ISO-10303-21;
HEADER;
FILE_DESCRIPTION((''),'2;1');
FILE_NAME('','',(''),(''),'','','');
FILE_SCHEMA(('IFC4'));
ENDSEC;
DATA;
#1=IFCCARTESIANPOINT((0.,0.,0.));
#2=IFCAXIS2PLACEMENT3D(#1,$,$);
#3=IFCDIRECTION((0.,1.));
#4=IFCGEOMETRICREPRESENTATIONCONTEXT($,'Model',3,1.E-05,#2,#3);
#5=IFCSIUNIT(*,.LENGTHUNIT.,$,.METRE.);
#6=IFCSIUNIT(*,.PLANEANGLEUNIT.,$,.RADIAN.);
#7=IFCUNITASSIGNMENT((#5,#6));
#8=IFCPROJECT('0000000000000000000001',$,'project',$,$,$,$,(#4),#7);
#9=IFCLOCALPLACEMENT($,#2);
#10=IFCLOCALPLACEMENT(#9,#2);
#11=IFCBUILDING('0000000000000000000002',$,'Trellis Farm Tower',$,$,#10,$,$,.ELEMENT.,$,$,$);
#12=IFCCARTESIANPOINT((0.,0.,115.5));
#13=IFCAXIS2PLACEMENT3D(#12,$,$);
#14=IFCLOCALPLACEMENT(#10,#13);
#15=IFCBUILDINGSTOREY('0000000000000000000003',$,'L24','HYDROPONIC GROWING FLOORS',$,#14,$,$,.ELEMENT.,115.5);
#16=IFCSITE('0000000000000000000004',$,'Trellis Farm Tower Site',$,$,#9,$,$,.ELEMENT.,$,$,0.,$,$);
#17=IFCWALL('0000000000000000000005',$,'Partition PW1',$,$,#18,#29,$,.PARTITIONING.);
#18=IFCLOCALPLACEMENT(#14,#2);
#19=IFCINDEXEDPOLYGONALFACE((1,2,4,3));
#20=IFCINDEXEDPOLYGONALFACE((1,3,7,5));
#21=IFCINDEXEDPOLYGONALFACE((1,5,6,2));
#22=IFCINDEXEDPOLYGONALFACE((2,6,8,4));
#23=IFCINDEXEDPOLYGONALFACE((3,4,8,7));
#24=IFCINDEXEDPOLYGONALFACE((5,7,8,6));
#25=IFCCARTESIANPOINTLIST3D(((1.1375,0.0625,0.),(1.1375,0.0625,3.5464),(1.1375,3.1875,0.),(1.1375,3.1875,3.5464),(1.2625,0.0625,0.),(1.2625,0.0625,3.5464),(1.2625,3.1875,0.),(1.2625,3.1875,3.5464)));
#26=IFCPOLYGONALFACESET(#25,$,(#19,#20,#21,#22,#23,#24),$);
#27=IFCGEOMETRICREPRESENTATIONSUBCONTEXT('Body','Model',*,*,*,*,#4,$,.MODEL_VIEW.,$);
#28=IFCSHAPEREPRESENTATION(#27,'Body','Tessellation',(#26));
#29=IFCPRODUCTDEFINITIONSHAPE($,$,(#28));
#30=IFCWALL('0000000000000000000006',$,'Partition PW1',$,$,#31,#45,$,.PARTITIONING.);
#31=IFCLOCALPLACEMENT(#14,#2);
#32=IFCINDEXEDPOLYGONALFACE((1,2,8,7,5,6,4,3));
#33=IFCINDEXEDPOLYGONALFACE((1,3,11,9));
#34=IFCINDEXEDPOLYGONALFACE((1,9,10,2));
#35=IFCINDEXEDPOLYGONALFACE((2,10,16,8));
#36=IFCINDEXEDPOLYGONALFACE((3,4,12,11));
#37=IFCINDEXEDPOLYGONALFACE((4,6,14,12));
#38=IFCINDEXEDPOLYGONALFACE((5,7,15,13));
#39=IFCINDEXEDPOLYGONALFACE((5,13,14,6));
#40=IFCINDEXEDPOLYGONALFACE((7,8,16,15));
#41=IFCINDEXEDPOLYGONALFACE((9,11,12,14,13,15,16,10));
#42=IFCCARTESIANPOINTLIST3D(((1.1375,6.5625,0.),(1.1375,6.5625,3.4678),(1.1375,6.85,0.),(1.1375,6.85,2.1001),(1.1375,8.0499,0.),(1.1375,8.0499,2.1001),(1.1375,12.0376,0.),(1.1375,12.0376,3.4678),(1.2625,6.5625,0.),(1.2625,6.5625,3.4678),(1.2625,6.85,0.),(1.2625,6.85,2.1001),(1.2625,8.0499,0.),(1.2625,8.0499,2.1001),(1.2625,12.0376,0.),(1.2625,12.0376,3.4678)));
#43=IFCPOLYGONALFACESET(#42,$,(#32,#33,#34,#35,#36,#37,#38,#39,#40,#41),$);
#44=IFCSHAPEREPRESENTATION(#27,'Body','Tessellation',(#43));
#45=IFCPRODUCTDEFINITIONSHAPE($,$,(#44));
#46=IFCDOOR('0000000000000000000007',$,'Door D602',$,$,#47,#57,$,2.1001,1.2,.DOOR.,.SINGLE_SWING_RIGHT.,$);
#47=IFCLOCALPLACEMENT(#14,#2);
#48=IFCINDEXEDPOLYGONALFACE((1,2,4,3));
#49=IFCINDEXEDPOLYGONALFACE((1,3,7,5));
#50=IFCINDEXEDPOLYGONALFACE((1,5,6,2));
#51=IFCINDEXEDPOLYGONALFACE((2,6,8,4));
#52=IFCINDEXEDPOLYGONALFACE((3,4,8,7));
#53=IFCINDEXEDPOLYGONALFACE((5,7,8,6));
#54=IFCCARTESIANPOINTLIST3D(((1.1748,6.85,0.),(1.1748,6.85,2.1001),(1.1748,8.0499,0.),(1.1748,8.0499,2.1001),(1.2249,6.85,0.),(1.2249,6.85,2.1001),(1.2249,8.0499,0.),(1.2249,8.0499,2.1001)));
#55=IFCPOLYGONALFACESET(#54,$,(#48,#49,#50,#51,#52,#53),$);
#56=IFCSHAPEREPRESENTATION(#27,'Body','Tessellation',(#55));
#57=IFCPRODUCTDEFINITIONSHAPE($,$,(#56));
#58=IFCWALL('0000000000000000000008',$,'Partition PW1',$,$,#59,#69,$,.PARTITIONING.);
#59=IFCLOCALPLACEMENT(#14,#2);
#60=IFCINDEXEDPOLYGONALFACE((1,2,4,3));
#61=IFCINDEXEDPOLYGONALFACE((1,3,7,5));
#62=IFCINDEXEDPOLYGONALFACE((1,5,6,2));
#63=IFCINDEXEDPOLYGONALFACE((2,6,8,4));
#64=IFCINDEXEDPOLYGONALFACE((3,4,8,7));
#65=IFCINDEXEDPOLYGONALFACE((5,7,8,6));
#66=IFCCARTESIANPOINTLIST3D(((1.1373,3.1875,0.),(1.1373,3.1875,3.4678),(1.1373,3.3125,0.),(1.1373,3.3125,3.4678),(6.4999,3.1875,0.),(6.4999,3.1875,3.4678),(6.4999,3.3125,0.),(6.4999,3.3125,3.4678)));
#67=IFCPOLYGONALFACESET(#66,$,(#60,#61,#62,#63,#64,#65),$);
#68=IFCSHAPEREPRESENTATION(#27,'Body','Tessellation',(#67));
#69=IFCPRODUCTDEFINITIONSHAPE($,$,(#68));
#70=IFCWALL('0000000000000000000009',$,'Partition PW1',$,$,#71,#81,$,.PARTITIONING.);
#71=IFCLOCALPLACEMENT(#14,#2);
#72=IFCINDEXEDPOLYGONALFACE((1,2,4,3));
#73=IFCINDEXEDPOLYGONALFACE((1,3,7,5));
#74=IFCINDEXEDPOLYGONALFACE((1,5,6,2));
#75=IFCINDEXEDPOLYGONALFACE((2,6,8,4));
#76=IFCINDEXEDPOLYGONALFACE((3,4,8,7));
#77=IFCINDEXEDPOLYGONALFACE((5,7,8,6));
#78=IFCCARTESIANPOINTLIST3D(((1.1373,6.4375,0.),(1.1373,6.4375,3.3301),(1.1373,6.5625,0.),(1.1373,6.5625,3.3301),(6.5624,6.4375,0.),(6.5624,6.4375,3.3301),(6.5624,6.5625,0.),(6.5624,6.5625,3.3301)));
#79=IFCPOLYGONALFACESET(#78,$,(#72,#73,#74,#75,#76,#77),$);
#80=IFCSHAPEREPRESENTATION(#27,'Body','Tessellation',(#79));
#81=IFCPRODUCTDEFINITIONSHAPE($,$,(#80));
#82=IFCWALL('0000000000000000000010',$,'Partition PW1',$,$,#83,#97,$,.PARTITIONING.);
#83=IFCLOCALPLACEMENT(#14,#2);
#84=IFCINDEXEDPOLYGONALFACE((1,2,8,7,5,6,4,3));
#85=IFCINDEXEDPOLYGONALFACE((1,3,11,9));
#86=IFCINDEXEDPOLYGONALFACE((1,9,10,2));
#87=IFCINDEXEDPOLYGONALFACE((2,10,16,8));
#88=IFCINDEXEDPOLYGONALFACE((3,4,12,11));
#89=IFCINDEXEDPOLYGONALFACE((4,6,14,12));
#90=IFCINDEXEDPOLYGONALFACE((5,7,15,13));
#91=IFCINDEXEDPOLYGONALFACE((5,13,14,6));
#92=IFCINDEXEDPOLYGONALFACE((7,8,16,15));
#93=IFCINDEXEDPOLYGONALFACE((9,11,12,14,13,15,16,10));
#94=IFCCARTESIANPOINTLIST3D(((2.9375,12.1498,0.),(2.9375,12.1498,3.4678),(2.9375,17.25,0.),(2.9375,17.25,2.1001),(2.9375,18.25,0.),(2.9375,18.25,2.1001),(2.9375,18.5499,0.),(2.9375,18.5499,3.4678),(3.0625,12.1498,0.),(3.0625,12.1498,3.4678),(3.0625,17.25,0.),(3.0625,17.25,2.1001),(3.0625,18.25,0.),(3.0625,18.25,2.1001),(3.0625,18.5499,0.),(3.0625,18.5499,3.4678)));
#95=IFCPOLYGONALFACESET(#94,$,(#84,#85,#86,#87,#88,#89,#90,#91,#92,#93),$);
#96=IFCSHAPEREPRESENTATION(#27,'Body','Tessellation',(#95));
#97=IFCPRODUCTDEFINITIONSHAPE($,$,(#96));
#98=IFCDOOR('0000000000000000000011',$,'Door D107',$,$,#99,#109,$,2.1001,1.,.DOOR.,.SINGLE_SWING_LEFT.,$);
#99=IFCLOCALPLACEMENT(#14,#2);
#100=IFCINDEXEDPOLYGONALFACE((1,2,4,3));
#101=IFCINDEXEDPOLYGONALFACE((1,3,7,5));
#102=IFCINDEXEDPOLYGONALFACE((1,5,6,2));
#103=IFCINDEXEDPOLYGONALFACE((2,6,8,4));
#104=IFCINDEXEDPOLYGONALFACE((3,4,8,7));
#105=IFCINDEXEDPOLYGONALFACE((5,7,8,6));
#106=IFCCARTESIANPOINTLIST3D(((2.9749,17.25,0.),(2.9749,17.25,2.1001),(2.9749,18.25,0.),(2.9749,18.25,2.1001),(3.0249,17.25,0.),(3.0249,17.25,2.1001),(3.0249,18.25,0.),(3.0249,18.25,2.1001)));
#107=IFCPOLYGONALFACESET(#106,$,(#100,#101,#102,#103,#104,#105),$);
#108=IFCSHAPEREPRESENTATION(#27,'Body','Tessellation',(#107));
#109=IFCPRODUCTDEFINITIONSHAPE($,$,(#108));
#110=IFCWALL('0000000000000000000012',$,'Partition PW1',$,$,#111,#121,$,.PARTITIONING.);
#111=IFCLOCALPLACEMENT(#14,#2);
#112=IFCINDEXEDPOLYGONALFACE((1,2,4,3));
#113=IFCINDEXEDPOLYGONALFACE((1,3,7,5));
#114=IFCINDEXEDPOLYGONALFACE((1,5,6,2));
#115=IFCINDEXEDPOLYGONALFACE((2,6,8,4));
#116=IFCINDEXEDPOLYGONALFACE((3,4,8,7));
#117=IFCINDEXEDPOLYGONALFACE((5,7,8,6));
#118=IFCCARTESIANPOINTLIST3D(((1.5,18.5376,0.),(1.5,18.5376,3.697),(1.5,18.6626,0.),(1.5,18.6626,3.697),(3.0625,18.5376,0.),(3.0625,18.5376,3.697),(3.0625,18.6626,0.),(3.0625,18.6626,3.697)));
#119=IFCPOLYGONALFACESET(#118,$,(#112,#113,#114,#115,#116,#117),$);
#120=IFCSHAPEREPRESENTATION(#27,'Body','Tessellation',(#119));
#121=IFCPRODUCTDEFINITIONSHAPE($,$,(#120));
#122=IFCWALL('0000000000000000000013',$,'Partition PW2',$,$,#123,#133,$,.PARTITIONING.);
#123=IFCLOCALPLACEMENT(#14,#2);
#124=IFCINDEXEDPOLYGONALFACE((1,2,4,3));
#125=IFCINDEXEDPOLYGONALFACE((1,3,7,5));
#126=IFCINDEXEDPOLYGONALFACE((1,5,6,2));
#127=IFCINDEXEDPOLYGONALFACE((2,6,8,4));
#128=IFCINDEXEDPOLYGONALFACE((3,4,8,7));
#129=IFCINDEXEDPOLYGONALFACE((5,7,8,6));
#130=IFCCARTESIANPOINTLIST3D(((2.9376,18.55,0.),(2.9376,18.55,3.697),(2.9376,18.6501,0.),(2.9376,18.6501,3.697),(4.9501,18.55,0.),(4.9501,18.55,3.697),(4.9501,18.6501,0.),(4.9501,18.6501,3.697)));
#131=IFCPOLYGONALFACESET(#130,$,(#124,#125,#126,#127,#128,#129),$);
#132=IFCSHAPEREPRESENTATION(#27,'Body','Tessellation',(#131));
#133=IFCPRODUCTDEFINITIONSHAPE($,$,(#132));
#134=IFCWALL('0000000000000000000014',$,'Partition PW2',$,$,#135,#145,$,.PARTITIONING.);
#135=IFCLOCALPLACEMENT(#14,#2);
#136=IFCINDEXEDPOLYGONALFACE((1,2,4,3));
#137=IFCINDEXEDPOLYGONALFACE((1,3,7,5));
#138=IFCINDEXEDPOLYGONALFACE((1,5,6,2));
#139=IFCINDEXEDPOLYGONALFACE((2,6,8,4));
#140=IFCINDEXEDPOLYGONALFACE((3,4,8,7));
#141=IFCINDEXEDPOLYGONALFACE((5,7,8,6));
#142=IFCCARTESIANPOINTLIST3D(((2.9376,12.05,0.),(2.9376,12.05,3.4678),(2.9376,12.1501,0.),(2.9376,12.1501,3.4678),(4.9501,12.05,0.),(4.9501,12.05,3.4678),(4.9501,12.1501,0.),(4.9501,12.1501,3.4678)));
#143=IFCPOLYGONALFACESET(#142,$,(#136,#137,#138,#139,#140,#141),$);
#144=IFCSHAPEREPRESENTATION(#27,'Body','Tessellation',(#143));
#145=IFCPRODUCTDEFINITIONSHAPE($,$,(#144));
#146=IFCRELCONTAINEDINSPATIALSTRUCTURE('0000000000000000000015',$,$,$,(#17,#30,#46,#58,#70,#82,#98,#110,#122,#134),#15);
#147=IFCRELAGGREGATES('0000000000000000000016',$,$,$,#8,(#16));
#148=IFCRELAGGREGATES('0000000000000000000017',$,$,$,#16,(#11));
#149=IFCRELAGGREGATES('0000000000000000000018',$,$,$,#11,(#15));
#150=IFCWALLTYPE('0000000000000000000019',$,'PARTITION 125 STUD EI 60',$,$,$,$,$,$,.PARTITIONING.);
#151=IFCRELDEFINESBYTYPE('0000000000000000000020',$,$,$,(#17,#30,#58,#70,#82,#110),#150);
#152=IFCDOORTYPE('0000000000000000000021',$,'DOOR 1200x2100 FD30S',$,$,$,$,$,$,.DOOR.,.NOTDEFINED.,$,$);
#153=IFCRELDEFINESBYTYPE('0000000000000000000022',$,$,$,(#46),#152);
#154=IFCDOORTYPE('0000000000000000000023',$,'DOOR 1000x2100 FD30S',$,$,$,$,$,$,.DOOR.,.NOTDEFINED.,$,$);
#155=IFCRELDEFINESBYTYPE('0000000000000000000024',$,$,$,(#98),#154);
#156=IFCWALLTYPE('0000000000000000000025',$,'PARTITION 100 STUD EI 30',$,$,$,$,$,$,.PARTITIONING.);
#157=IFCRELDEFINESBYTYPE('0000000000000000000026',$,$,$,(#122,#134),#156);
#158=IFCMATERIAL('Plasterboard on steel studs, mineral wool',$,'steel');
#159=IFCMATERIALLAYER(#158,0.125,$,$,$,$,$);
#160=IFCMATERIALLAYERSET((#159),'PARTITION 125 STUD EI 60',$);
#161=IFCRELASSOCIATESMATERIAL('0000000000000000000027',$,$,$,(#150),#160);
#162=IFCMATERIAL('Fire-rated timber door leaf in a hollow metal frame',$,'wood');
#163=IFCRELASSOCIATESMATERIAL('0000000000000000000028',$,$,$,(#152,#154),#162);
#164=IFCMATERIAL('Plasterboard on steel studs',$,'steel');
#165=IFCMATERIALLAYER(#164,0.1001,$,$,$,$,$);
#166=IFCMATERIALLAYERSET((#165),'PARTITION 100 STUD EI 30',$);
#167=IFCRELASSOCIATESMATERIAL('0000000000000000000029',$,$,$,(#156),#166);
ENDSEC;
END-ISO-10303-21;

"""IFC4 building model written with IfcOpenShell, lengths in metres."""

from ifc_helpers import new_model, si_unit, direction, frame, frame_2d, origin, place, context, subcontext, project, spatial, rectangle, extrude, source, transform, mapped, material, layer, layer_set, type_object, element, fill, save


model = new_model("IFC4")

# Units and contexts
model_context = context("Model", 3, precision=1e-05, world=origin(), true_north=direction((0.0, 1.0)))
body_context = subcontext(model_context, "Body", "Model", "MODEL_VIEW")
ifc_project = project(units=[si_unit("LENGTHUNIT", "METRE"), si_unit("PLANEANGLEUNIT", "RADIAN")], contexts=[model_context])

# Site, building, storey
site_placement = place(None, origin())
site = spatial("IfcSite", under=ifc_project, at=site_placement, Name="Trellis Farm Tower Site", CompositionType="ELEMENT", RefElevation=0.0)
building_placement = place(site_placement, origin())
building = spatial("IfcBuilding", under=site, at=building_placement, Name="Trellis Farm Tower", CompositionType="ELEMENT")
storey_placement = place(building_placement, frame((0.0, 0.0, 115.5)))
storey = spatial("IfcBuildingStorey", under=building, at=storey_placement, Name="L24", Description="HYDROPONIC GROWING FLOORS", CompositionType="ELEMENT", Elevation=115.5)

# Wall
ifc_material_1 = material(Name="Plasterboard on steel studs, mineral wool", Category="steel")
ifc_layer_1 = layer(ifc_material_1, 0.125)
ifc_layer_set_1 = layer_set([ifc_layer_1], Name="PARTITION 125 STUD EI 60")
wall_type_1 = type_object("IfcWallType", Name="PARTITION 125 STUD EI 60", PredefinedType="PARTITIONING", material=ifc_layer_set_1)
shared_shape_1 = source(origin(), body_context, "Body", "SweptSolid", [
    extrude(rectangle(XDim=3.125, YDim=0.125, at=frame_2d((1.5625, 0.0))), origin(), (0.0, 0.0, 1.0), 3.5464),
])
wall_1_placement = place(storey_placement, frame((1.2, 3.1875, 0.0), z_axis=(0.0, 0.0, 1.0), x_axis=(0.0, -1.0, 0.0)))
element("IfcWall", 1, at=wall_1_placement, inside=storey, type_object=wall_type_1, Name="Partition PW1", PredefinedType="PARTITIONING", context=body_context, shape_type="MappedRepresentation", body=[
    mapped(shared_shape_1, transform((0.0, 0.0, 0.0))),
])

# Wall, opening, door
shared_shape_2 = source(origin(), body_context, "Body", "SweptSolid", [
    extrude(rectangle(XDim=5.4751, YDim=0.125, at=frame_2d((2.7375, 0.0))), origin(), (0.0, 0.0, 1.0), 3.4678),
])
wall_2_placement = place(storey_placement, frame((1.2, 12.0376, 0.0), z_axis=(0.0, 0.0, 1.0), x_axis=(0.0, -1.0, 0.0)))
wall_2 = element("IfcWall", 2, at=wall_2_placement, inside=storey, type_object=wall_type_1, Name="Partition PW1", PredefinedType="PARTITIONING", context=body_context, shape_type="MappedRepresentation", body=[
    mapped(shared_shape_2, transform((0.0, 0.0, 0.0))),
])
shared_shape_3 = source(origin(), body_context, "Body", "SweptSolid", [
    extrude(rectangle(XDim=1.2, YDim=2.1001, at=frame_2d((0.6001, 1.05))), frame((0.0, 0.0725, 0.0), z_axis=(0.0, -1.0, 0.0), x_axis=(1.0, 0.0, 0.0)), (0.0, 0.0, 1.0), 0.145),
])
opening_1_placement = place(wall_2_placement, frame((3.9875, 0.0, 0.0)))
opening_1 = element("IfcOpeningElement", 3, at=opening_1_placement, cuts=wall_2, PredefinedType="OPENING", context=body_context, shape_type="MappedRepresentation", body=[
    mapped(shared_shape_3, transform((0.0, 0.0, 0.0))),
])
ifc_material_2 = material(Name="Fire-rated timber door leaf in a hollow metal frame", Category="wood")
door_type_1 = type_object("IfcDoorType", Name="DOOR 1200x2100 FD30S", OperationType="NOTDEFINED", PredefinedType="DOOR", material=ifc_material_2)
shared_shape_4 = source(origin(), body_context, "Body", "SweptSolid", [
    extrude(rectangle(XDim=1.2, YDim=2.1001, at=frame_2d((0.6001, 1.05))), frame((0.0, 0.0249, 0.0), z_axis=(0.0, -1.0, 0.0), x_axis=(1.0, 0.0, 0.0)), (0.0, 0.0, 1.0), 0.05),
])
door_1_placement = place(opening_1_placement, origin())
door_1 = element("IfcDoor", 4, at=door_1_placement, inside=storey, type_object=door_type_1, Name="Door D602", OperationType="SINGLE_SWING_RIGHT", OverallHeight=2.1001, OverallWidth=1.2, PredefinedType="DOOR", context=body_context, shape_type="MappedRepresentation", body=[
    mapped(shared_shape_4, transform((0.0, 0.0, 0.0))),
])
fill(opening_1, door_1)

# Walls
shared_shape_5 = source(origin(), body_context, "Body", "SweptSolid", [
    extrude(rectangle(XDim=5.3625, YDim=0.125, at=frame_2d((2.6812, 0.0))), origin(), (0.0, 0.0, 1.0), 3.4678),
])
wall_3_placement = place(storey_placement, frame((1.1375, 3.25, 0.0), z_axis=(0.0, 0.0, 1.0), x_axis=(1.0, 0.0, 0.0)))
element("IfcWall", 5, at=wall_3_placement, inside=storey, type_object=wall_type_1, Name="Partition PW1", PredefinedType="PARTITIONING", context=body_context, shape_type="MappedRepresentation", body=[
    mapped(shared_shape_5, transform((0.0, 0.0, 0.0))),
])
shared_shape_6 = source(origin(), body_context, "Body", "SweptSolid", [
    extrude(rectangle(XDim=5.425, YDim=0.125, at=frame_2d((2.7124, 0.0))), origin(), (0.0, 0.0, 1.0), 3.3301),
])
wall_4_placement = place(storey_placement, frame((1.1375, 6.5, 0.0), z_axis=(0.0, 0.0, 1.0), x_axis=(1.0, 0.0, 0.0)))
element("IfcWall", 6, at=wall_4_placement, inside=storey, type_object=wall_type_1, Name="Partition PW1", PredefinedType="PARTITIONING", context=body_context, shape_type="MappedRepresentation", body=[
    mapped(shared_shape_6, transform((0.0, 0.0, 0.0))),
])

# Wall, opening, door
shared_shape_7 = source(origin(), body_context, "Body", "SweptSolid", [
    extrude(rectangle(XDim=6.4001, YDim=0.125, at=frame_2d((3.2002, 0.0))), origin(), (0.0, 0.0, 1.0), 3.4678),
])
wall_5_placement = place(storey_placement, frame((3.0, 18.55, 0.0), z_axis=(0.0, 0.0, 1.0), x_axis=(0.0, -1.0, 0.0)))
wall_5 = element("IfcWall", 7, at=wall_5_placement, inside=storey, type_object=wall_type_1, Name="Partition PW1", PredefinedType="PARTITIONING", context=body_context, shape_type="MappedRepresentation", body=[
    mapped(shared_shape_7, transform((0.0, 0.0, 0.0))),
])
shared_shape_8 = source(origin(), body_context, "Body", "SweptSolid", [
    extrude(rectangle(XDim=1.0, YDim=2.1001, at=frame_2d((0.5, 1.05))), frame((0.0, 0.0725, 0.0), z_axis=(0.0, -1.0, 0.0), x_axis=(1.0, 0.0, 0.0)), (0.0, 0.0, 1.0), 0.145),
])
opening_2_placement = place(wall_5_placement, frame((0.3, 0.0, 0.0)))
opening_2 = element("IfcOpeningElement", 8, at=opening_2_placement, cuts=wall_5, PredefinedType="OPENING", context=body_context, shape_type="MappedRepresentation", body=[
    mapped(shared_shape_8, transform((0.0, 0.0, 0.0))),
])
door_type_2 = type_object("IfcDoorType", Name="DOOR 1000x2100 FD30S", OperationType="NOTDEFINED", PredefinedType="DOOR", material=ifc_material_2)
shared_shape_9 = source(origin(), body_context, "Body", "SweptSolid", [
    extrude(rectangle(XDim=1.0, YDim=2.1001, at=frame_2d((0.5, 1.05))), frame((0.0, 0.0249, 0.0), z_axis=(0.0, -1.0, 0.0), x_axis=(1.0, 0.0, 0.0)), (0.0, 0.0, 1.0), 0.05),
])
door_2_placement = place(opening_2_placement, origin())
door_2 = element("IfcDoor", 9, at=door_2_placement, inside=storey, type_object=door_type_2, Name="Door D107", OperationType="SINGLE_SWING_LEFT", OverallHeight=2.1001, OverallWidth=1.0, PredefinedType="DOOR", context=body_context, shape_type="MappedRepresentation", body=[
    mapped(shared_shape_9, transform((0.0, 0.0, 0.0))),
])
fill(opening_2, door_2)

# Walls
shared_shape_10 = source(origin(), body_context, "Body", "SweptSolid", [
    extrude(rectangle(XDim=1.5625, YDim=0.125, at=frame_2d((0.7812, 0.0))), origin(), (0.0, 0.0, 1.0), 3.697),
])
wall_6_placement = place(storey_placement, frame((1.5, 18.6001, 0.0), z_axis=(0.0, 0.0, 1.0), x_axis=(1.0, 0.0, 0.0)))
element("IfcWall", 10, at=wall_6_placement, inside=storey, type_object=wall_type_1, Name="Partition PW1", PredefinedType="PARTITIONING", context=body_context, shape_type="MappedRepresentation", body=[
    mapped(shared_shape_10, transform((0.0, 0.0, 0.0))),
])
ifc_material_3 = material(Name="Plasterboard on steel studs", Category="steel")
ifc_layer_2 = layer(ifc_material_3, 0.1001)
ifc_layer_set_2 = layer_set([ifc_layer_2], Name="PARTITION 100 STUD EI 30")
wall_type_2 = type_object("IfcWallType", Name="PARTITION 100 STUD EI 30", PredefinedType="PARTITIONING", material=ifc_layer_set_2)
shared_shape_11 = source(origin(), body_context, "Body", "SweptSolid", [
    extrude(rectangle(XDim=2.0125, YDim=0.1001, at=frame_2d((1.0063, 0.0))), origin(), (0.0, 0.0, 1.0), 3.697),
])
wall_7_placement = place(storey_placement, frame((2.9375, 18.6001, 0.0), z_axis=(0.0, 0.0, 1.0), x_axis=(1.0, 0.0, 0.0)))
element("IfcWall", 11, at=wall_7_placement, inside=storey, type_object=wall_type_2, Name="Partition PW2", PredefinedType="PARTITIONING", context=body_context, shape_type="MappedRepresentation", body=[
    mapped(shared_shape_11, transform((0.0, 0.0, 0.0))),
])
shared_shape_12 = source(origin(), body_context, "Body", "SweptSolid", [
    extrude(rectangle(XDim=2.0125, YDim=0.1001, at=frame_2d((1.0063, 0.0))), origin(), (0.0, 0.0, 1.0), 3.4678),
])
wall_8_placement = place(storey_placement, frame((2.9375, 12.1001, 0.0), z_axis=(0.0, 0.0, 1.0), x_axis=(1.0, 0.0, 0.0)))
element("IfcWall", 12, at=wall_8_placement, inside=storey, type_object=wall_type_2, Name="Partition PW2", PredefinedType="PARTITIONING", context=body_context, shape_type="MappedRepresentation", body=[
    mapped(shared_shape_12, transform((0.0, 0.0, 0.0))),
])

save(model, "model.ifc")
